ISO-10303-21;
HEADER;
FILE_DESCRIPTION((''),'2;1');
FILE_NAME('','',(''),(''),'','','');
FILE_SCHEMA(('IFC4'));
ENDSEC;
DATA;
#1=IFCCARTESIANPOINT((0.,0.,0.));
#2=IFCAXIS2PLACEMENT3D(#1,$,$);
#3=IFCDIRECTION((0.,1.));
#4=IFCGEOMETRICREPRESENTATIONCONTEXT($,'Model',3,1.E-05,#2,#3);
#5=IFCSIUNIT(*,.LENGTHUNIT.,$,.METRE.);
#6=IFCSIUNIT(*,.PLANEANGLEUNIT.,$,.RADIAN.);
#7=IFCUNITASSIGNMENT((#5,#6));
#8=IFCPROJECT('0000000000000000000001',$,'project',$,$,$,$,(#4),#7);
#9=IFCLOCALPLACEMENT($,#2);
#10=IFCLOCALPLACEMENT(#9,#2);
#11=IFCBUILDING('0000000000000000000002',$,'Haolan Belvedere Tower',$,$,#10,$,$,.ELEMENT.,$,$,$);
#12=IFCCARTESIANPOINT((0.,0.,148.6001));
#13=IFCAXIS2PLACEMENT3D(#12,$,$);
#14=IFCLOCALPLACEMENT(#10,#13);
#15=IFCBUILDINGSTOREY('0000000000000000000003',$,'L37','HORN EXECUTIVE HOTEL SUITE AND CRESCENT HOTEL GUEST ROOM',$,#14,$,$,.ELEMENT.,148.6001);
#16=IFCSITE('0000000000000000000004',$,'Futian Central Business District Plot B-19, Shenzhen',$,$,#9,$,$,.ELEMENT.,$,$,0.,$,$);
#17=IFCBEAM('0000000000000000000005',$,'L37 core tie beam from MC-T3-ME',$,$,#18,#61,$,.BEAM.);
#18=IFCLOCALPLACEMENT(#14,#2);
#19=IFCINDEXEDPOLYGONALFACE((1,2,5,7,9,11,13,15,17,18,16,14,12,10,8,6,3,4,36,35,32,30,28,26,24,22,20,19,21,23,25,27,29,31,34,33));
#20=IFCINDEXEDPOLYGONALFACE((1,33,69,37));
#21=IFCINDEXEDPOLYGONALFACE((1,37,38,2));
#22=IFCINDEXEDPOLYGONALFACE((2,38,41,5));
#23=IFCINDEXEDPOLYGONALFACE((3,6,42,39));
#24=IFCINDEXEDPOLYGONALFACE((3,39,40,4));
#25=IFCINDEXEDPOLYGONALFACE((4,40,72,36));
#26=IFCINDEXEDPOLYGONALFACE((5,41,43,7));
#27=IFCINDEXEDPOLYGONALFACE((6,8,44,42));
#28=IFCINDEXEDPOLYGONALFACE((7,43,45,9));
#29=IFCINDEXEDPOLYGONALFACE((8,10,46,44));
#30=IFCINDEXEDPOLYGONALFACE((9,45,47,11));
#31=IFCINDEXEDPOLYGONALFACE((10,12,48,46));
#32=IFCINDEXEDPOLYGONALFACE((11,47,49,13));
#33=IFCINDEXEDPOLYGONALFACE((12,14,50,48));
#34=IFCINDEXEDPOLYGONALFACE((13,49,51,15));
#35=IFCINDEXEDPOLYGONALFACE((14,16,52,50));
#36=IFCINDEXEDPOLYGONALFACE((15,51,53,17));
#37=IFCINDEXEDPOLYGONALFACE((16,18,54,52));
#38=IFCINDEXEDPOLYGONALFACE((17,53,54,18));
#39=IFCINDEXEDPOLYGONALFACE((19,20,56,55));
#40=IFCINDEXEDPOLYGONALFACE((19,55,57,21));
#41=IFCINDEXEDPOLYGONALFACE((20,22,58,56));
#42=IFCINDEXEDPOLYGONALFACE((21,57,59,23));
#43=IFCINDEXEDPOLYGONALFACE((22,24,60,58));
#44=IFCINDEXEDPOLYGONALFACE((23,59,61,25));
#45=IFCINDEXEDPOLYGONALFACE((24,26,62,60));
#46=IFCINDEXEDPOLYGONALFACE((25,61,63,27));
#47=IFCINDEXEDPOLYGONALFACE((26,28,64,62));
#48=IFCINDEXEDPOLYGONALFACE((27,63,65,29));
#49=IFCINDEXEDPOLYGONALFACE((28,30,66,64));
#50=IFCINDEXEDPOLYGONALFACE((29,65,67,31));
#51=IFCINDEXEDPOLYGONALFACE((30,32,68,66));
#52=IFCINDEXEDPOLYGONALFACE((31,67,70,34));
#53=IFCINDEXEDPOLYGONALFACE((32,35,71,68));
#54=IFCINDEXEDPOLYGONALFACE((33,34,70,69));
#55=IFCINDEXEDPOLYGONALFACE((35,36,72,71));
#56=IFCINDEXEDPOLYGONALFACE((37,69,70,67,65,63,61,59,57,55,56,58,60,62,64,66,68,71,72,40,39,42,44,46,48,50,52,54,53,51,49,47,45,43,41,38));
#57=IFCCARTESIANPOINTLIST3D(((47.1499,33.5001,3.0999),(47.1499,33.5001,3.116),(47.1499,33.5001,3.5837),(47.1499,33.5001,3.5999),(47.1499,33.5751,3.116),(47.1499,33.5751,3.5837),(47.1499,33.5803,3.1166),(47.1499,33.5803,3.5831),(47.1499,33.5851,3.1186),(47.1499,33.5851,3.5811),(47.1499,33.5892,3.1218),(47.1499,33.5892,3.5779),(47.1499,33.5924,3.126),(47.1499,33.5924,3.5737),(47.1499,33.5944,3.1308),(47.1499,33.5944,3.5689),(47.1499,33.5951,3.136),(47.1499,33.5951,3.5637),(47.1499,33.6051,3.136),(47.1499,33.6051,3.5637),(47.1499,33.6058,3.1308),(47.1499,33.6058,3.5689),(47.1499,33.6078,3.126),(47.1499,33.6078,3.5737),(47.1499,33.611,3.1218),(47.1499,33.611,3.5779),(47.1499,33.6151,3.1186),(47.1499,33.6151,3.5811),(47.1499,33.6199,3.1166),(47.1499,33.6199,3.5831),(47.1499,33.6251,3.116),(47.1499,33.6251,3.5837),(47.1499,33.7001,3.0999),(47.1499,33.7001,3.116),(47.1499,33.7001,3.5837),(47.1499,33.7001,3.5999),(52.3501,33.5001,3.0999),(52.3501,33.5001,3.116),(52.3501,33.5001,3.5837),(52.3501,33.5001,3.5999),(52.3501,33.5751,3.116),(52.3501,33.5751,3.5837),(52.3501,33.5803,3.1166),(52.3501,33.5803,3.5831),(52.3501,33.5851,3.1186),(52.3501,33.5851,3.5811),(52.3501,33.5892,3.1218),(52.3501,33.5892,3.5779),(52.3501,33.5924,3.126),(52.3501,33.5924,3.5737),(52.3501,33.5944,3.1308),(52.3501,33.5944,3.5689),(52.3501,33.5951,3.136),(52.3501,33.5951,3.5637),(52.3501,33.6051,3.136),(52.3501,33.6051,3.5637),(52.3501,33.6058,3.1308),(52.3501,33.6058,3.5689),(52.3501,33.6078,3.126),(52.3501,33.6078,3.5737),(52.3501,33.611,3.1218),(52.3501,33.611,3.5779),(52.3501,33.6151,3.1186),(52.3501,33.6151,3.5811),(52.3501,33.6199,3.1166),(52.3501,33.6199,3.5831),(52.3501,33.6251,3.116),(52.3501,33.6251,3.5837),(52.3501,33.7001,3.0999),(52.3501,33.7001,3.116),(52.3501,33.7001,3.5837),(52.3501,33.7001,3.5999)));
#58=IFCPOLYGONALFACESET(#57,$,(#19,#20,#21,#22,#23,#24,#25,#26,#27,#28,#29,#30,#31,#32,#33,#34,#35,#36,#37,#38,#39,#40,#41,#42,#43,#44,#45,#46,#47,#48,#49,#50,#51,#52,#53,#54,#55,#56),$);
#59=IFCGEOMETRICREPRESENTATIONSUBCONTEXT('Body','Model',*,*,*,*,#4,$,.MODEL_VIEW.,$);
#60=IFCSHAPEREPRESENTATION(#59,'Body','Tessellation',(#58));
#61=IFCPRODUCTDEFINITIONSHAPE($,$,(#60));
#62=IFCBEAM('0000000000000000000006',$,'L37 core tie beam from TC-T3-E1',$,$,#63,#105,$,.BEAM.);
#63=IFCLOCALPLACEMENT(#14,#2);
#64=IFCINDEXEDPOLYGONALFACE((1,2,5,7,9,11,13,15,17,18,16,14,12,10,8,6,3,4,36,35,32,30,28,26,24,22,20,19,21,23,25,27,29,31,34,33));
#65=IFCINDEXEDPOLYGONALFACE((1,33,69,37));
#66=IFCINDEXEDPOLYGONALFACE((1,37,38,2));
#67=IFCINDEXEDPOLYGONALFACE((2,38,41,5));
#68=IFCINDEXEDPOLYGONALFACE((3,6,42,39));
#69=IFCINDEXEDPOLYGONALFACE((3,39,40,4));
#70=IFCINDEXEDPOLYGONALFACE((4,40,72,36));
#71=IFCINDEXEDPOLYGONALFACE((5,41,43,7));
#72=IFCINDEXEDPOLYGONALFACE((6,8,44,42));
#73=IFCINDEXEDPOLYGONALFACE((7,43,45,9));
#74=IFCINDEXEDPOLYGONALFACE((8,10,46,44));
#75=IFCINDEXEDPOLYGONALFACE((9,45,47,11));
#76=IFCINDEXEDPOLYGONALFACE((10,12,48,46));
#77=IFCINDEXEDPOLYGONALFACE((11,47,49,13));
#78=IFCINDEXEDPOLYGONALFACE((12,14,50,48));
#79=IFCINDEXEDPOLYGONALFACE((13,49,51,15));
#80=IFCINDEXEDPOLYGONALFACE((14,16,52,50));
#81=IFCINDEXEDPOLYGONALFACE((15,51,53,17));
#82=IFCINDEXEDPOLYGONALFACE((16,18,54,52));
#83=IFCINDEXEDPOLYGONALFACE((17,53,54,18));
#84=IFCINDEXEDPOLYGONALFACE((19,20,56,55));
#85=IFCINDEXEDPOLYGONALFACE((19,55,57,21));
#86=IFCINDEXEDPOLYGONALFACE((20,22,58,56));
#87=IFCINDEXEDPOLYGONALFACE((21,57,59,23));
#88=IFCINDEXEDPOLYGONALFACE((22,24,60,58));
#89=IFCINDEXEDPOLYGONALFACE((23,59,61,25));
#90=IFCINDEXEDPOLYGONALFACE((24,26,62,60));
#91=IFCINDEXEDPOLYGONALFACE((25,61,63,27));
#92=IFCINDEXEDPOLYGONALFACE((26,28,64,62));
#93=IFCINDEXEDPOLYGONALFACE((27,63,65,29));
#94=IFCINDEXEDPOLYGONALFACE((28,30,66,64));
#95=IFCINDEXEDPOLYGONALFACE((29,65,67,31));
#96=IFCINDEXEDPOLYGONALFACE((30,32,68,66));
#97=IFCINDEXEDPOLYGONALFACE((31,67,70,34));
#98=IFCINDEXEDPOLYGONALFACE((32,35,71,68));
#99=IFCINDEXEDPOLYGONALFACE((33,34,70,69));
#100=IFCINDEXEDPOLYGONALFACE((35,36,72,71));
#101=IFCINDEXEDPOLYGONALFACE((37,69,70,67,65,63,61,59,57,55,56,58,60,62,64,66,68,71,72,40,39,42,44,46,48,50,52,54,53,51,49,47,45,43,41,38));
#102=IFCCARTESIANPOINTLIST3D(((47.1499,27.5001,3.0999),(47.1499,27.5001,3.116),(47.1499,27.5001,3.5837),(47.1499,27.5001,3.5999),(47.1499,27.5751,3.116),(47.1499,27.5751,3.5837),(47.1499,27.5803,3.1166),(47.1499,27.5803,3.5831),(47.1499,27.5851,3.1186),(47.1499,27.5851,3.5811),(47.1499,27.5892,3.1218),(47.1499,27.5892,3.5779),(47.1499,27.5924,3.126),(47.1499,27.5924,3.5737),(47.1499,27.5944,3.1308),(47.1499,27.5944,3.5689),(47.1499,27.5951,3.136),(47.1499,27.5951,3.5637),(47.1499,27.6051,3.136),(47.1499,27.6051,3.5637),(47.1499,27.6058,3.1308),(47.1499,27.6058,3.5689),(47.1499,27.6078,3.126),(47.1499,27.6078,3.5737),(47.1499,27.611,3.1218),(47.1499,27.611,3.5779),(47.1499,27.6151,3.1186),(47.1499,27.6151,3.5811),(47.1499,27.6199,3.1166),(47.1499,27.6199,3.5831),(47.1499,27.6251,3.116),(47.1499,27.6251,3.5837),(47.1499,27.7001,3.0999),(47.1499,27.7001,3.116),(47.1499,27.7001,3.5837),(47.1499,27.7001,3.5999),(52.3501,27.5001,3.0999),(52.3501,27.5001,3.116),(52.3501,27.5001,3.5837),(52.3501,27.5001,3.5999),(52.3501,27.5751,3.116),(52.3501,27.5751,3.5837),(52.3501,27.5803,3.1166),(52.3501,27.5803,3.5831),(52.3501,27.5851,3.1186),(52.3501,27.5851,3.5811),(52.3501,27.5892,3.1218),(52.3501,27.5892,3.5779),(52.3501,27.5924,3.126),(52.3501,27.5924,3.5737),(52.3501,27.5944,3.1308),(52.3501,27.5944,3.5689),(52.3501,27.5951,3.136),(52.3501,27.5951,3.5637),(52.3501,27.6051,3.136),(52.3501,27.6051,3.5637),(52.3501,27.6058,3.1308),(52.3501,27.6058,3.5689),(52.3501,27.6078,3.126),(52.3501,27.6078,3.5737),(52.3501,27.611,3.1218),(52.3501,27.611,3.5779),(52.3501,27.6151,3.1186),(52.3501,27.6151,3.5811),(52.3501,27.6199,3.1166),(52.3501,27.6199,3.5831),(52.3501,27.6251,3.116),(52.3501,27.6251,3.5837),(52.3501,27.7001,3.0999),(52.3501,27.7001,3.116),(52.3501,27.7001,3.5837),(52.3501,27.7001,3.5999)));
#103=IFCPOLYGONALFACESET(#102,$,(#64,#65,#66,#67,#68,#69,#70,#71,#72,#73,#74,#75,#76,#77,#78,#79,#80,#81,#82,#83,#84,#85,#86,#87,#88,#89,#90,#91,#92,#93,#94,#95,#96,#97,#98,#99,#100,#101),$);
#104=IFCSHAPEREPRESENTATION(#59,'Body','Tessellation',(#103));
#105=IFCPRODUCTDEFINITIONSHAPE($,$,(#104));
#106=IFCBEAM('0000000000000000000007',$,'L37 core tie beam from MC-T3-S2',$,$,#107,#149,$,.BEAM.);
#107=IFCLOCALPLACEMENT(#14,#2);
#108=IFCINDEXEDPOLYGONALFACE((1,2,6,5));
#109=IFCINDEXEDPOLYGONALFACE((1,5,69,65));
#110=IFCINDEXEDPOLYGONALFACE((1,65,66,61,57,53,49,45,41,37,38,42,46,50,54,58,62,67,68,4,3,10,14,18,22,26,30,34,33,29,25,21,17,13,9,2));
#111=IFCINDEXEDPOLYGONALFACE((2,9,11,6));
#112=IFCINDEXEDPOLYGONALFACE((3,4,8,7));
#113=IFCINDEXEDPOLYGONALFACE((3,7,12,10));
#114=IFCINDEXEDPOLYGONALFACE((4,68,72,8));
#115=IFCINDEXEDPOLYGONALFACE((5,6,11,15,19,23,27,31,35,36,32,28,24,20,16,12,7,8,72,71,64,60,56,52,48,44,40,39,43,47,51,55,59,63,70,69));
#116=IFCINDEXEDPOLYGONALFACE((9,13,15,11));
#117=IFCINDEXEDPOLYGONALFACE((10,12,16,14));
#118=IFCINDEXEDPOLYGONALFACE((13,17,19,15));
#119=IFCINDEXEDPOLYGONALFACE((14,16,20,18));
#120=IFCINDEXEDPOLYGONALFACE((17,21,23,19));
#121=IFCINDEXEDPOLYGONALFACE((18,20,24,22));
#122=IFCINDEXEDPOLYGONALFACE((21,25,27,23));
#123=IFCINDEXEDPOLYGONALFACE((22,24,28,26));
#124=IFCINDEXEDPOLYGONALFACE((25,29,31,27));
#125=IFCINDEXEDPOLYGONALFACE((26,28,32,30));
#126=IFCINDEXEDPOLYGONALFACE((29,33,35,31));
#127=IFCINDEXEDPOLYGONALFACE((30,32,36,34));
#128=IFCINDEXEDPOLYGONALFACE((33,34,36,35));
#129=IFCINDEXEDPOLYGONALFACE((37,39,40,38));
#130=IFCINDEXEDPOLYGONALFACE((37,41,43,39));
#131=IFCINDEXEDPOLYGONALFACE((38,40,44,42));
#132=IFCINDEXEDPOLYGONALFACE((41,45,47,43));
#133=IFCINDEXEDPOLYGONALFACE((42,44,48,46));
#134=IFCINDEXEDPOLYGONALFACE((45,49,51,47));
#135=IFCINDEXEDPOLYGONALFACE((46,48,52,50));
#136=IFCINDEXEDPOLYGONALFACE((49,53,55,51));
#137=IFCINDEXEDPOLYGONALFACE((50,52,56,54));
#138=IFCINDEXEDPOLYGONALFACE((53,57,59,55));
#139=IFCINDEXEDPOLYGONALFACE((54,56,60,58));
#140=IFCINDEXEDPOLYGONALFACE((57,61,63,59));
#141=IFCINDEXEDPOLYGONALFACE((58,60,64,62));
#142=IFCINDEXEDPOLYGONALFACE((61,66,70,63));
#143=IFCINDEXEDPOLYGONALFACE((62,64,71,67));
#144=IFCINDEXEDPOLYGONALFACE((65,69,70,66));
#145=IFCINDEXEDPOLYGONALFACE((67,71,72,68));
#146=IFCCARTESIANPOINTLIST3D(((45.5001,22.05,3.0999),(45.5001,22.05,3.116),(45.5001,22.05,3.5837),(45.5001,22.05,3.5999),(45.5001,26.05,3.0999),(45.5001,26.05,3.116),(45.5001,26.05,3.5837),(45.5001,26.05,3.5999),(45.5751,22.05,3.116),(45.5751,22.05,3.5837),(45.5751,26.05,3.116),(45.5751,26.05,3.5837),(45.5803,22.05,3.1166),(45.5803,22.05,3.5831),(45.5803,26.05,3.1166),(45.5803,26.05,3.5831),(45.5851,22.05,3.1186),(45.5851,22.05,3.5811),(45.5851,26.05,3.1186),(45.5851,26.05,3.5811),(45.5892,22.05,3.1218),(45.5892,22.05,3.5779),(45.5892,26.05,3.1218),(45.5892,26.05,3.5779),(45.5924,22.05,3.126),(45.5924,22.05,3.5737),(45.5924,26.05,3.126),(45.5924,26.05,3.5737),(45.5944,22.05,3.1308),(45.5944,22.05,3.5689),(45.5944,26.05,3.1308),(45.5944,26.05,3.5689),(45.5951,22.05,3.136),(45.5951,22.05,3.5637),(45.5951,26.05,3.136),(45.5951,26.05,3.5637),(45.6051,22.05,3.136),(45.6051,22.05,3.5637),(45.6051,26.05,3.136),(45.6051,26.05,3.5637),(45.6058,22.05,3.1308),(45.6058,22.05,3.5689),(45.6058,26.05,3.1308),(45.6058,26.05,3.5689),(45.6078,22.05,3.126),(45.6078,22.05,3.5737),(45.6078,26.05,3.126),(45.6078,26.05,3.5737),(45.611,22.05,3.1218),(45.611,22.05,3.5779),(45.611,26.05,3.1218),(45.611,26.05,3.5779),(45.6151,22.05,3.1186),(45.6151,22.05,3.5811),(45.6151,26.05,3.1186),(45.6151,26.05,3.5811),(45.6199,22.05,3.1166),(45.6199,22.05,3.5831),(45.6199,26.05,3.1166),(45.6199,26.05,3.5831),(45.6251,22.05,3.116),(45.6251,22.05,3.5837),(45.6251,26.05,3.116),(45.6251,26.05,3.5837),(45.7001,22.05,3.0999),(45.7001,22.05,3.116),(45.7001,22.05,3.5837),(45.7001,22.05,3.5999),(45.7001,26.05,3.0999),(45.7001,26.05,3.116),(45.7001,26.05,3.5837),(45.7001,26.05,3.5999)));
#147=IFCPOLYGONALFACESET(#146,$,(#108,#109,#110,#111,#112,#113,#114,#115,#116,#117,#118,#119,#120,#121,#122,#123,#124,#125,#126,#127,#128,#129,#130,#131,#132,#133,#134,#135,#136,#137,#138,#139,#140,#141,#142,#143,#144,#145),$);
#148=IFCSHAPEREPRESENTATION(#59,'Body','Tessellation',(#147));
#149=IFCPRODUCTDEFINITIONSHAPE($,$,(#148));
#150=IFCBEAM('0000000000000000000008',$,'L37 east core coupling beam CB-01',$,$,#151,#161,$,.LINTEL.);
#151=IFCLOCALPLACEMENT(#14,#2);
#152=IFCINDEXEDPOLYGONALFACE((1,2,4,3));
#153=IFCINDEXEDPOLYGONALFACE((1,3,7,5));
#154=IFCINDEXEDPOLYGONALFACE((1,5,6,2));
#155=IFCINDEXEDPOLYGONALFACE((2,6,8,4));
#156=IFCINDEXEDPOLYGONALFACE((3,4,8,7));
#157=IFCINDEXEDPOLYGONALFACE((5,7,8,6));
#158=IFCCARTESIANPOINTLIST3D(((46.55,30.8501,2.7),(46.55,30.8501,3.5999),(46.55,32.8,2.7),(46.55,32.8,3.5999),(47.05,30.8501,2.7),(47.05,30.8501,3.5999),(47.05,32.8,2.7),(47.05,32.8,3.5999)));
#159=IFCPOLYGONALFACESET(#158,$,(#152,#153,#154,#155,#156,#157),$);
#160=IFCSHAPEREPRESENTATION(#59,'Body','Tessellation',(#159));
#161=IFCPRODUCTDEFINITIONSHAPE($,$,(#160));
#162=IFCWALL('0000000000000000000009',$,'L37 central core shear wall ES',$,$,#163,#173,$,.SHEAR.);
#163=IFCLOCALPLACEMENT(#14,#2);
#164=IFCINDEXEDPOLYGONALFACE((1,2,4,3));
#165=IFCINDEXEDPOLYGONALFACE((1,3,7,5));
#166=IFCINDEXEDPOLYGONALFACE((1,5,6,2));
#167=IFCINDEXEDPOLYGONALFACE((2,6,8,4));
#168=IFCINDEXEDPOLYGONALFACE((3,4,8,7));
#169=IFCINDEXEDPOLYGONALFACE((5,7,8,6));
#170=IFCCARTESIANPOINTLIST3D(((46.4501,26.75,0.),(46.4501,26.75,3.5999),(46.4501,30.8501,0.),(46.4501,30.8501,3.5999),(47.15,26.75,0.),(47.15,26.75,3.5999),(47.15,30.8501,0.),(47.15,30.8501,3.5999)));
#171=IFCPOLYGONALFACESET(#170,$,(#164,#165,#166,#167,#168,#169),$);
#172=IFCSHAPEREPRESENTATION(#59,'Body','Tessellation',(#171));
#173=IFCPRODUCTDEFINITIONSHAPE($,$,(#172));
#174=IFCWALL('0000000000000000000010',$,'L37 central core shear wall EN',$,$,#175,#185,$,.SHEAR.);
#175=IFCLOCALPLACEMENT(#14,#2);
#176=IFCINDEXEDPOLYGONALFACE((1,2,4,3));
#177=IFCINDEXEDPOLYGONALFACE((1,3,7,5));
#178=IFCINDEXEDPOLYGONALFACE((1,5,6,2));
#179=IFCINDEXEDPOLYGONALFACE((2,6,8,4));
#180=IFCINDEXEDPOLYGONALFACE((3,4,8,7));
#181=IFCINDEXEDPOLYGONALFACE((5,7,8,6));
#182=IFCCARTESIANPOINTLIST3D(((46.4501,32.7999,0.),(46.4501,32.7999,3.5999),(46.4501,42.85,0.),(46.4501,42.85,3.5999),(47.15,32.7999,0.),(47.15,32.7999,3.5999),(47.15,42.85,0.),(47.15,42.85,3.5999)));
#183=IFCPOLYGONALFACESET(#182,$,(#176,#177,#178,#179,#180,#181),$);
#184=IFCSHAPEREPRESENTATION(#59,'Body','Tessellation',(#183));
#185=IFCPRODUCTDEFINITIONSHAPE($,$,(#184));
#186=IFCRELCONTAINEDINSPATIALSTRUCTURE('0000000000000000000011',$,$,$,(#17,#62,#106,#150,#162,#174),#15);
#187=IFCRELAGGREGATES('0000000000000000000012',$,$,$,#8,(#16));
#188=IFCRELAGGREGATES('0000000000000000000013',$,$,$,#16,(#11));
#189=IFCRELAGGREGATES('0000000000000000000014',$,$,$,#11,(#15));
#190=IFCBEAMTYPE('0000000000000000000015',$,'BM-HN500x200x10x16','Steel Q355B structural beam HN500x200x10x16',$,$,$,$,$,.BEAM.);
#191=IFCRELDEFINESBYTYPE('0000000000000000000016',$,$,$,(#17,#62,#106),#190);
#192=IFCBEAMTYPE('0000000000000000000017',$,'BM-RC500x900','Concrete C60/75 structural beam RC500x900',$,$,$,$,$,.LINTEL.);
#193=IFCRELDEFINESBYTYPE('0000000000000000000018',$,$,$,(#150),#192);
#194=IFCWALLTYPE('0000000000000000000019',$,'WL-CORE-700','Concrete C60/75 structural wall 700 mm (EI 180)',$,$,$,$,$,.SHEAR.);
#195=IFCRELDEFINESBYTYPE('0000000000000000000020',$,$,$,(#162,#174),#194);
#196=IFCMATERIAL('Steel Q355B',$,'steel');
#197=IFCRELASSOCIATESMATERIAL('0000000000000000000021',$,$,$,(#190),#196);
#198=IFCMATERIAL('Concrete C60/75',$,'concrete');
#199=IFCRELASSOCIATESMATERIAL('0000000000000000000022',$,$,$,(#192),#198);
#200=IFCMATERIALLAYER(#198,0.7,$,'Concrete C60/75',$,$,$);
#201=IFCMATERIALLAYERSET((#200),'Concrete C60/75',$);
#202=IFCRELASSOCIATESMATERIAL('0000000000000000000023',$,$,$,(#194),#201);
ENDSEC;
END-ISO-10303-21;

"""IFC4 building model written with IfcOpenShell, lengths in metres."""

from ifc_helpers import new_model, si_unit, direction, frame, frame_2d, origin, origin_2d, place, context, subcontext, project, spatial, rectangle, i_section, extrude, material, layer, layer_set, material_profile, profile_set, type_object, element, save


model = new_model("IFC4")

# Units and contexts
model_context = context("Model", 3, precision=1e-05, world=origin(), true_north=direction((0.0, 1.0)))
body_context = subcontext(model_context, "Body", "Model", "MODEL_VIEW")
ifc_project = project(units=[si_unit("LENGTHUNIT", "METRE"), si_unit("PLANEANGLEUNIT", "RADIAN")], contexts=[model_context])

# Site, building, storey
site_placement = place(None, origin())
site = spatial("IfcSite", under=ifc_project, at=site_placement, Name="Futian Central Business District Plot B-19, Shenzhen", CompositionType="ELEMENT", RefElevation=0.0)
building_placement = place(site_placement, origin())
building = spatial("IfcBuilding", under=site, at=building_placement, Name="Haolan Belvedere Tower", CompositionType="ELEMENT")
storey_placement = place(building_placement, frame((0.0, 0.0, 148.6001)))
storey = spatial("IfcBuildingStorey", under=building, at=storey_placement, Name="L37", Description="HORN EXECUTIVE HOTEL SUITE AND CRESCENT HOTEL GUEST ROOM", CompositionType="ELEMENT", Elevation=148.6001)

# Beams
ifc_material_1 = material(Name="Steel Q355B", Category="steel")
ifc_material_profile_1 = material_profile(ifc_material_1, i_section(OverallWidth=0.2, OverallDepth=0.5, WebThickness=0.01, FlangeThickness=0.0161, FilletRadius=0.02, at=origin_2d()), Name="Steel Q355B")
ifc_profile_set_1 = profile_set([ifc_material_profile_1], Name="Steel Q355B")
beam_type_1 = type_object("IfcBeamType", Name="BM-HN500x200x10x16", Description="Steel Q355B structural beam HN500x200x10x16", PredefinedType="BEAM", material=ifc_profile_set_1)
for number, where, z_axis, x_axis, name in (
    (1, (52.3501, 33.6001, 3.3499), (-1.0, 0.0, 0.0), (0.0, -1.0, 0.0), "L37 core tie beam from MC-T3-ME"),
    (2, (52.3501, 27.6001, 3.3499), (-1.0, 0.0, 0.0), (0.0, -1.0, 0.0), "L37 core tie beam from TC-T3-E1"),
):
    element("IfcBeam", number, at=place(storey_placement, frame(where, z_axis=z_axis, x_axis=x_axis)), inside=storey, type_object=beam_type_1, Name=name, PredefinedType="BEAM", context=body_context, shape_type="SweptSolid", body=[
        extrude(i_section(OverallWidth=0.2, OverallDepth=0.5, WebThickness=0.01, FlangeThickness=0.0161, FilletRadius=0.02, at=origin_2d()), origin(), (0.0, 0.0, 1.0), 5.2002),
    ])
beam_1_placement = place(storey_placement, frame((45.6001, 22.05, 3.3499), z_axis=(0.0, 1.0, 0.0), x_axis=(-1.0, 0.0, 0.0)))
element("IfcBeam", 3, at=beam_1_placement, inside=storey, type_object=beam_type_1, Name="L37 core tie beam from MC-T3-S2", PredefinedType="BEAM", context=body_context, shape_type="SweptSolid", body=[
    extrude(i_section(OverallWidth=0.2, OverallDepth=0.5, WebThickness=0.01, FlangeThickness=0.0161, FilletRadius=0.02, at=origin_2d()), origin(), (0.0, 0.0, 1.0), 4.0),
])
ifc_material_2 = material(Name="Concrete C60/75", Category="concrete")
ifc_material_profile_2 = material_profile(ifc_material_2, rectangle(XDim=0.5, YDim=0.8999, at=origin_2d()), Name="Concrete C60/75")
ifc_profile_set_2 = profile_set([ifc_material_profile_2], Name="Concrete C60/75")
beam_type_2 = type_object("IfcBeamType", Name="BM-RC500x900", Description="Concrete C60/75 structural beam RC500x900", PredefinedType="LINTEL", material=ifc_profile_set_2)
beam_2_placement = place(storey_placement, frame((46.8, 30.8501, 3.1499), z_axis=(0.0, 1.0, 0.0), x_axis=(-1.0, 0.0, 0.0)))
element("IfcBeam", 4, at=beam_2_placement, inside=storey, type_object=beam_type_2, Name="L37 east core coupling beam CB-01", PredefinedType="LINTEL", context=body_context, shape_type="SweptSolid", body=[
    extrude(rectangle(XDim=0.5, YDim=0.8999, at=origin_2d()), origin(), (0.0, 0.0, 1.0), 1.95),
])

# Walls
ifc_layer_1 = layer(ifc_material_2, 0.7, Name="Concrete C60/75")
ifc_layer_set_1 = layer_set([ifc_layer_1], Name="Concrete C60/75")
wall_type_1 = type_object("IfcWallType", Name="WL-CORE-700", Description="Concrete C60/75 structural wall 700 mm (EI 180)", PredefinedType="SHEAR", material=ifc_layer_set_1)
wall_1_placement = place(storey_placement, frame((46.8, 26.75, 0.0), z_axis=(0.0, 0.0, 1.0), x_axis=(0.0, 1.0, 0.0)))
element("IfcWall", 5, at=wall_1_placement, inside=storey, type_object=wall_type_1, Name="L37 central core shear wall ES", PredefinedType="SHEAR", context=body_context, shape_type="SweptSolid", body=[
    extrude(rectangle(XDim=4.1001, YDim=0.7, at=frame_2d((2.05, 0.0))), origin(), (0.0, 0.0, 1.0), 3.5999),
])
wall_2_placement = place(storey_placement, frame((46.8, 32.8, 0.0), z_axis=(0.0, 0.0, 1.0), x_axis=(0.0, 1.0, 0.0)))
element("IfcWall", 6, at=wall_2_placement, inside=storey, type_object=wall_type_1, Name="L37 central core shear wall EN", PredefinedType="SHEAR", context=body_context, shape_type="SweptSolid", body=[
    extrude(rectangle(XDim=10.05, YDim=0.7, at=frame_2d((5.0249, 0.0))), origin(), (0.0, 0.0, 1.0), 3.5999),
])

save(model, "model.ifc")
